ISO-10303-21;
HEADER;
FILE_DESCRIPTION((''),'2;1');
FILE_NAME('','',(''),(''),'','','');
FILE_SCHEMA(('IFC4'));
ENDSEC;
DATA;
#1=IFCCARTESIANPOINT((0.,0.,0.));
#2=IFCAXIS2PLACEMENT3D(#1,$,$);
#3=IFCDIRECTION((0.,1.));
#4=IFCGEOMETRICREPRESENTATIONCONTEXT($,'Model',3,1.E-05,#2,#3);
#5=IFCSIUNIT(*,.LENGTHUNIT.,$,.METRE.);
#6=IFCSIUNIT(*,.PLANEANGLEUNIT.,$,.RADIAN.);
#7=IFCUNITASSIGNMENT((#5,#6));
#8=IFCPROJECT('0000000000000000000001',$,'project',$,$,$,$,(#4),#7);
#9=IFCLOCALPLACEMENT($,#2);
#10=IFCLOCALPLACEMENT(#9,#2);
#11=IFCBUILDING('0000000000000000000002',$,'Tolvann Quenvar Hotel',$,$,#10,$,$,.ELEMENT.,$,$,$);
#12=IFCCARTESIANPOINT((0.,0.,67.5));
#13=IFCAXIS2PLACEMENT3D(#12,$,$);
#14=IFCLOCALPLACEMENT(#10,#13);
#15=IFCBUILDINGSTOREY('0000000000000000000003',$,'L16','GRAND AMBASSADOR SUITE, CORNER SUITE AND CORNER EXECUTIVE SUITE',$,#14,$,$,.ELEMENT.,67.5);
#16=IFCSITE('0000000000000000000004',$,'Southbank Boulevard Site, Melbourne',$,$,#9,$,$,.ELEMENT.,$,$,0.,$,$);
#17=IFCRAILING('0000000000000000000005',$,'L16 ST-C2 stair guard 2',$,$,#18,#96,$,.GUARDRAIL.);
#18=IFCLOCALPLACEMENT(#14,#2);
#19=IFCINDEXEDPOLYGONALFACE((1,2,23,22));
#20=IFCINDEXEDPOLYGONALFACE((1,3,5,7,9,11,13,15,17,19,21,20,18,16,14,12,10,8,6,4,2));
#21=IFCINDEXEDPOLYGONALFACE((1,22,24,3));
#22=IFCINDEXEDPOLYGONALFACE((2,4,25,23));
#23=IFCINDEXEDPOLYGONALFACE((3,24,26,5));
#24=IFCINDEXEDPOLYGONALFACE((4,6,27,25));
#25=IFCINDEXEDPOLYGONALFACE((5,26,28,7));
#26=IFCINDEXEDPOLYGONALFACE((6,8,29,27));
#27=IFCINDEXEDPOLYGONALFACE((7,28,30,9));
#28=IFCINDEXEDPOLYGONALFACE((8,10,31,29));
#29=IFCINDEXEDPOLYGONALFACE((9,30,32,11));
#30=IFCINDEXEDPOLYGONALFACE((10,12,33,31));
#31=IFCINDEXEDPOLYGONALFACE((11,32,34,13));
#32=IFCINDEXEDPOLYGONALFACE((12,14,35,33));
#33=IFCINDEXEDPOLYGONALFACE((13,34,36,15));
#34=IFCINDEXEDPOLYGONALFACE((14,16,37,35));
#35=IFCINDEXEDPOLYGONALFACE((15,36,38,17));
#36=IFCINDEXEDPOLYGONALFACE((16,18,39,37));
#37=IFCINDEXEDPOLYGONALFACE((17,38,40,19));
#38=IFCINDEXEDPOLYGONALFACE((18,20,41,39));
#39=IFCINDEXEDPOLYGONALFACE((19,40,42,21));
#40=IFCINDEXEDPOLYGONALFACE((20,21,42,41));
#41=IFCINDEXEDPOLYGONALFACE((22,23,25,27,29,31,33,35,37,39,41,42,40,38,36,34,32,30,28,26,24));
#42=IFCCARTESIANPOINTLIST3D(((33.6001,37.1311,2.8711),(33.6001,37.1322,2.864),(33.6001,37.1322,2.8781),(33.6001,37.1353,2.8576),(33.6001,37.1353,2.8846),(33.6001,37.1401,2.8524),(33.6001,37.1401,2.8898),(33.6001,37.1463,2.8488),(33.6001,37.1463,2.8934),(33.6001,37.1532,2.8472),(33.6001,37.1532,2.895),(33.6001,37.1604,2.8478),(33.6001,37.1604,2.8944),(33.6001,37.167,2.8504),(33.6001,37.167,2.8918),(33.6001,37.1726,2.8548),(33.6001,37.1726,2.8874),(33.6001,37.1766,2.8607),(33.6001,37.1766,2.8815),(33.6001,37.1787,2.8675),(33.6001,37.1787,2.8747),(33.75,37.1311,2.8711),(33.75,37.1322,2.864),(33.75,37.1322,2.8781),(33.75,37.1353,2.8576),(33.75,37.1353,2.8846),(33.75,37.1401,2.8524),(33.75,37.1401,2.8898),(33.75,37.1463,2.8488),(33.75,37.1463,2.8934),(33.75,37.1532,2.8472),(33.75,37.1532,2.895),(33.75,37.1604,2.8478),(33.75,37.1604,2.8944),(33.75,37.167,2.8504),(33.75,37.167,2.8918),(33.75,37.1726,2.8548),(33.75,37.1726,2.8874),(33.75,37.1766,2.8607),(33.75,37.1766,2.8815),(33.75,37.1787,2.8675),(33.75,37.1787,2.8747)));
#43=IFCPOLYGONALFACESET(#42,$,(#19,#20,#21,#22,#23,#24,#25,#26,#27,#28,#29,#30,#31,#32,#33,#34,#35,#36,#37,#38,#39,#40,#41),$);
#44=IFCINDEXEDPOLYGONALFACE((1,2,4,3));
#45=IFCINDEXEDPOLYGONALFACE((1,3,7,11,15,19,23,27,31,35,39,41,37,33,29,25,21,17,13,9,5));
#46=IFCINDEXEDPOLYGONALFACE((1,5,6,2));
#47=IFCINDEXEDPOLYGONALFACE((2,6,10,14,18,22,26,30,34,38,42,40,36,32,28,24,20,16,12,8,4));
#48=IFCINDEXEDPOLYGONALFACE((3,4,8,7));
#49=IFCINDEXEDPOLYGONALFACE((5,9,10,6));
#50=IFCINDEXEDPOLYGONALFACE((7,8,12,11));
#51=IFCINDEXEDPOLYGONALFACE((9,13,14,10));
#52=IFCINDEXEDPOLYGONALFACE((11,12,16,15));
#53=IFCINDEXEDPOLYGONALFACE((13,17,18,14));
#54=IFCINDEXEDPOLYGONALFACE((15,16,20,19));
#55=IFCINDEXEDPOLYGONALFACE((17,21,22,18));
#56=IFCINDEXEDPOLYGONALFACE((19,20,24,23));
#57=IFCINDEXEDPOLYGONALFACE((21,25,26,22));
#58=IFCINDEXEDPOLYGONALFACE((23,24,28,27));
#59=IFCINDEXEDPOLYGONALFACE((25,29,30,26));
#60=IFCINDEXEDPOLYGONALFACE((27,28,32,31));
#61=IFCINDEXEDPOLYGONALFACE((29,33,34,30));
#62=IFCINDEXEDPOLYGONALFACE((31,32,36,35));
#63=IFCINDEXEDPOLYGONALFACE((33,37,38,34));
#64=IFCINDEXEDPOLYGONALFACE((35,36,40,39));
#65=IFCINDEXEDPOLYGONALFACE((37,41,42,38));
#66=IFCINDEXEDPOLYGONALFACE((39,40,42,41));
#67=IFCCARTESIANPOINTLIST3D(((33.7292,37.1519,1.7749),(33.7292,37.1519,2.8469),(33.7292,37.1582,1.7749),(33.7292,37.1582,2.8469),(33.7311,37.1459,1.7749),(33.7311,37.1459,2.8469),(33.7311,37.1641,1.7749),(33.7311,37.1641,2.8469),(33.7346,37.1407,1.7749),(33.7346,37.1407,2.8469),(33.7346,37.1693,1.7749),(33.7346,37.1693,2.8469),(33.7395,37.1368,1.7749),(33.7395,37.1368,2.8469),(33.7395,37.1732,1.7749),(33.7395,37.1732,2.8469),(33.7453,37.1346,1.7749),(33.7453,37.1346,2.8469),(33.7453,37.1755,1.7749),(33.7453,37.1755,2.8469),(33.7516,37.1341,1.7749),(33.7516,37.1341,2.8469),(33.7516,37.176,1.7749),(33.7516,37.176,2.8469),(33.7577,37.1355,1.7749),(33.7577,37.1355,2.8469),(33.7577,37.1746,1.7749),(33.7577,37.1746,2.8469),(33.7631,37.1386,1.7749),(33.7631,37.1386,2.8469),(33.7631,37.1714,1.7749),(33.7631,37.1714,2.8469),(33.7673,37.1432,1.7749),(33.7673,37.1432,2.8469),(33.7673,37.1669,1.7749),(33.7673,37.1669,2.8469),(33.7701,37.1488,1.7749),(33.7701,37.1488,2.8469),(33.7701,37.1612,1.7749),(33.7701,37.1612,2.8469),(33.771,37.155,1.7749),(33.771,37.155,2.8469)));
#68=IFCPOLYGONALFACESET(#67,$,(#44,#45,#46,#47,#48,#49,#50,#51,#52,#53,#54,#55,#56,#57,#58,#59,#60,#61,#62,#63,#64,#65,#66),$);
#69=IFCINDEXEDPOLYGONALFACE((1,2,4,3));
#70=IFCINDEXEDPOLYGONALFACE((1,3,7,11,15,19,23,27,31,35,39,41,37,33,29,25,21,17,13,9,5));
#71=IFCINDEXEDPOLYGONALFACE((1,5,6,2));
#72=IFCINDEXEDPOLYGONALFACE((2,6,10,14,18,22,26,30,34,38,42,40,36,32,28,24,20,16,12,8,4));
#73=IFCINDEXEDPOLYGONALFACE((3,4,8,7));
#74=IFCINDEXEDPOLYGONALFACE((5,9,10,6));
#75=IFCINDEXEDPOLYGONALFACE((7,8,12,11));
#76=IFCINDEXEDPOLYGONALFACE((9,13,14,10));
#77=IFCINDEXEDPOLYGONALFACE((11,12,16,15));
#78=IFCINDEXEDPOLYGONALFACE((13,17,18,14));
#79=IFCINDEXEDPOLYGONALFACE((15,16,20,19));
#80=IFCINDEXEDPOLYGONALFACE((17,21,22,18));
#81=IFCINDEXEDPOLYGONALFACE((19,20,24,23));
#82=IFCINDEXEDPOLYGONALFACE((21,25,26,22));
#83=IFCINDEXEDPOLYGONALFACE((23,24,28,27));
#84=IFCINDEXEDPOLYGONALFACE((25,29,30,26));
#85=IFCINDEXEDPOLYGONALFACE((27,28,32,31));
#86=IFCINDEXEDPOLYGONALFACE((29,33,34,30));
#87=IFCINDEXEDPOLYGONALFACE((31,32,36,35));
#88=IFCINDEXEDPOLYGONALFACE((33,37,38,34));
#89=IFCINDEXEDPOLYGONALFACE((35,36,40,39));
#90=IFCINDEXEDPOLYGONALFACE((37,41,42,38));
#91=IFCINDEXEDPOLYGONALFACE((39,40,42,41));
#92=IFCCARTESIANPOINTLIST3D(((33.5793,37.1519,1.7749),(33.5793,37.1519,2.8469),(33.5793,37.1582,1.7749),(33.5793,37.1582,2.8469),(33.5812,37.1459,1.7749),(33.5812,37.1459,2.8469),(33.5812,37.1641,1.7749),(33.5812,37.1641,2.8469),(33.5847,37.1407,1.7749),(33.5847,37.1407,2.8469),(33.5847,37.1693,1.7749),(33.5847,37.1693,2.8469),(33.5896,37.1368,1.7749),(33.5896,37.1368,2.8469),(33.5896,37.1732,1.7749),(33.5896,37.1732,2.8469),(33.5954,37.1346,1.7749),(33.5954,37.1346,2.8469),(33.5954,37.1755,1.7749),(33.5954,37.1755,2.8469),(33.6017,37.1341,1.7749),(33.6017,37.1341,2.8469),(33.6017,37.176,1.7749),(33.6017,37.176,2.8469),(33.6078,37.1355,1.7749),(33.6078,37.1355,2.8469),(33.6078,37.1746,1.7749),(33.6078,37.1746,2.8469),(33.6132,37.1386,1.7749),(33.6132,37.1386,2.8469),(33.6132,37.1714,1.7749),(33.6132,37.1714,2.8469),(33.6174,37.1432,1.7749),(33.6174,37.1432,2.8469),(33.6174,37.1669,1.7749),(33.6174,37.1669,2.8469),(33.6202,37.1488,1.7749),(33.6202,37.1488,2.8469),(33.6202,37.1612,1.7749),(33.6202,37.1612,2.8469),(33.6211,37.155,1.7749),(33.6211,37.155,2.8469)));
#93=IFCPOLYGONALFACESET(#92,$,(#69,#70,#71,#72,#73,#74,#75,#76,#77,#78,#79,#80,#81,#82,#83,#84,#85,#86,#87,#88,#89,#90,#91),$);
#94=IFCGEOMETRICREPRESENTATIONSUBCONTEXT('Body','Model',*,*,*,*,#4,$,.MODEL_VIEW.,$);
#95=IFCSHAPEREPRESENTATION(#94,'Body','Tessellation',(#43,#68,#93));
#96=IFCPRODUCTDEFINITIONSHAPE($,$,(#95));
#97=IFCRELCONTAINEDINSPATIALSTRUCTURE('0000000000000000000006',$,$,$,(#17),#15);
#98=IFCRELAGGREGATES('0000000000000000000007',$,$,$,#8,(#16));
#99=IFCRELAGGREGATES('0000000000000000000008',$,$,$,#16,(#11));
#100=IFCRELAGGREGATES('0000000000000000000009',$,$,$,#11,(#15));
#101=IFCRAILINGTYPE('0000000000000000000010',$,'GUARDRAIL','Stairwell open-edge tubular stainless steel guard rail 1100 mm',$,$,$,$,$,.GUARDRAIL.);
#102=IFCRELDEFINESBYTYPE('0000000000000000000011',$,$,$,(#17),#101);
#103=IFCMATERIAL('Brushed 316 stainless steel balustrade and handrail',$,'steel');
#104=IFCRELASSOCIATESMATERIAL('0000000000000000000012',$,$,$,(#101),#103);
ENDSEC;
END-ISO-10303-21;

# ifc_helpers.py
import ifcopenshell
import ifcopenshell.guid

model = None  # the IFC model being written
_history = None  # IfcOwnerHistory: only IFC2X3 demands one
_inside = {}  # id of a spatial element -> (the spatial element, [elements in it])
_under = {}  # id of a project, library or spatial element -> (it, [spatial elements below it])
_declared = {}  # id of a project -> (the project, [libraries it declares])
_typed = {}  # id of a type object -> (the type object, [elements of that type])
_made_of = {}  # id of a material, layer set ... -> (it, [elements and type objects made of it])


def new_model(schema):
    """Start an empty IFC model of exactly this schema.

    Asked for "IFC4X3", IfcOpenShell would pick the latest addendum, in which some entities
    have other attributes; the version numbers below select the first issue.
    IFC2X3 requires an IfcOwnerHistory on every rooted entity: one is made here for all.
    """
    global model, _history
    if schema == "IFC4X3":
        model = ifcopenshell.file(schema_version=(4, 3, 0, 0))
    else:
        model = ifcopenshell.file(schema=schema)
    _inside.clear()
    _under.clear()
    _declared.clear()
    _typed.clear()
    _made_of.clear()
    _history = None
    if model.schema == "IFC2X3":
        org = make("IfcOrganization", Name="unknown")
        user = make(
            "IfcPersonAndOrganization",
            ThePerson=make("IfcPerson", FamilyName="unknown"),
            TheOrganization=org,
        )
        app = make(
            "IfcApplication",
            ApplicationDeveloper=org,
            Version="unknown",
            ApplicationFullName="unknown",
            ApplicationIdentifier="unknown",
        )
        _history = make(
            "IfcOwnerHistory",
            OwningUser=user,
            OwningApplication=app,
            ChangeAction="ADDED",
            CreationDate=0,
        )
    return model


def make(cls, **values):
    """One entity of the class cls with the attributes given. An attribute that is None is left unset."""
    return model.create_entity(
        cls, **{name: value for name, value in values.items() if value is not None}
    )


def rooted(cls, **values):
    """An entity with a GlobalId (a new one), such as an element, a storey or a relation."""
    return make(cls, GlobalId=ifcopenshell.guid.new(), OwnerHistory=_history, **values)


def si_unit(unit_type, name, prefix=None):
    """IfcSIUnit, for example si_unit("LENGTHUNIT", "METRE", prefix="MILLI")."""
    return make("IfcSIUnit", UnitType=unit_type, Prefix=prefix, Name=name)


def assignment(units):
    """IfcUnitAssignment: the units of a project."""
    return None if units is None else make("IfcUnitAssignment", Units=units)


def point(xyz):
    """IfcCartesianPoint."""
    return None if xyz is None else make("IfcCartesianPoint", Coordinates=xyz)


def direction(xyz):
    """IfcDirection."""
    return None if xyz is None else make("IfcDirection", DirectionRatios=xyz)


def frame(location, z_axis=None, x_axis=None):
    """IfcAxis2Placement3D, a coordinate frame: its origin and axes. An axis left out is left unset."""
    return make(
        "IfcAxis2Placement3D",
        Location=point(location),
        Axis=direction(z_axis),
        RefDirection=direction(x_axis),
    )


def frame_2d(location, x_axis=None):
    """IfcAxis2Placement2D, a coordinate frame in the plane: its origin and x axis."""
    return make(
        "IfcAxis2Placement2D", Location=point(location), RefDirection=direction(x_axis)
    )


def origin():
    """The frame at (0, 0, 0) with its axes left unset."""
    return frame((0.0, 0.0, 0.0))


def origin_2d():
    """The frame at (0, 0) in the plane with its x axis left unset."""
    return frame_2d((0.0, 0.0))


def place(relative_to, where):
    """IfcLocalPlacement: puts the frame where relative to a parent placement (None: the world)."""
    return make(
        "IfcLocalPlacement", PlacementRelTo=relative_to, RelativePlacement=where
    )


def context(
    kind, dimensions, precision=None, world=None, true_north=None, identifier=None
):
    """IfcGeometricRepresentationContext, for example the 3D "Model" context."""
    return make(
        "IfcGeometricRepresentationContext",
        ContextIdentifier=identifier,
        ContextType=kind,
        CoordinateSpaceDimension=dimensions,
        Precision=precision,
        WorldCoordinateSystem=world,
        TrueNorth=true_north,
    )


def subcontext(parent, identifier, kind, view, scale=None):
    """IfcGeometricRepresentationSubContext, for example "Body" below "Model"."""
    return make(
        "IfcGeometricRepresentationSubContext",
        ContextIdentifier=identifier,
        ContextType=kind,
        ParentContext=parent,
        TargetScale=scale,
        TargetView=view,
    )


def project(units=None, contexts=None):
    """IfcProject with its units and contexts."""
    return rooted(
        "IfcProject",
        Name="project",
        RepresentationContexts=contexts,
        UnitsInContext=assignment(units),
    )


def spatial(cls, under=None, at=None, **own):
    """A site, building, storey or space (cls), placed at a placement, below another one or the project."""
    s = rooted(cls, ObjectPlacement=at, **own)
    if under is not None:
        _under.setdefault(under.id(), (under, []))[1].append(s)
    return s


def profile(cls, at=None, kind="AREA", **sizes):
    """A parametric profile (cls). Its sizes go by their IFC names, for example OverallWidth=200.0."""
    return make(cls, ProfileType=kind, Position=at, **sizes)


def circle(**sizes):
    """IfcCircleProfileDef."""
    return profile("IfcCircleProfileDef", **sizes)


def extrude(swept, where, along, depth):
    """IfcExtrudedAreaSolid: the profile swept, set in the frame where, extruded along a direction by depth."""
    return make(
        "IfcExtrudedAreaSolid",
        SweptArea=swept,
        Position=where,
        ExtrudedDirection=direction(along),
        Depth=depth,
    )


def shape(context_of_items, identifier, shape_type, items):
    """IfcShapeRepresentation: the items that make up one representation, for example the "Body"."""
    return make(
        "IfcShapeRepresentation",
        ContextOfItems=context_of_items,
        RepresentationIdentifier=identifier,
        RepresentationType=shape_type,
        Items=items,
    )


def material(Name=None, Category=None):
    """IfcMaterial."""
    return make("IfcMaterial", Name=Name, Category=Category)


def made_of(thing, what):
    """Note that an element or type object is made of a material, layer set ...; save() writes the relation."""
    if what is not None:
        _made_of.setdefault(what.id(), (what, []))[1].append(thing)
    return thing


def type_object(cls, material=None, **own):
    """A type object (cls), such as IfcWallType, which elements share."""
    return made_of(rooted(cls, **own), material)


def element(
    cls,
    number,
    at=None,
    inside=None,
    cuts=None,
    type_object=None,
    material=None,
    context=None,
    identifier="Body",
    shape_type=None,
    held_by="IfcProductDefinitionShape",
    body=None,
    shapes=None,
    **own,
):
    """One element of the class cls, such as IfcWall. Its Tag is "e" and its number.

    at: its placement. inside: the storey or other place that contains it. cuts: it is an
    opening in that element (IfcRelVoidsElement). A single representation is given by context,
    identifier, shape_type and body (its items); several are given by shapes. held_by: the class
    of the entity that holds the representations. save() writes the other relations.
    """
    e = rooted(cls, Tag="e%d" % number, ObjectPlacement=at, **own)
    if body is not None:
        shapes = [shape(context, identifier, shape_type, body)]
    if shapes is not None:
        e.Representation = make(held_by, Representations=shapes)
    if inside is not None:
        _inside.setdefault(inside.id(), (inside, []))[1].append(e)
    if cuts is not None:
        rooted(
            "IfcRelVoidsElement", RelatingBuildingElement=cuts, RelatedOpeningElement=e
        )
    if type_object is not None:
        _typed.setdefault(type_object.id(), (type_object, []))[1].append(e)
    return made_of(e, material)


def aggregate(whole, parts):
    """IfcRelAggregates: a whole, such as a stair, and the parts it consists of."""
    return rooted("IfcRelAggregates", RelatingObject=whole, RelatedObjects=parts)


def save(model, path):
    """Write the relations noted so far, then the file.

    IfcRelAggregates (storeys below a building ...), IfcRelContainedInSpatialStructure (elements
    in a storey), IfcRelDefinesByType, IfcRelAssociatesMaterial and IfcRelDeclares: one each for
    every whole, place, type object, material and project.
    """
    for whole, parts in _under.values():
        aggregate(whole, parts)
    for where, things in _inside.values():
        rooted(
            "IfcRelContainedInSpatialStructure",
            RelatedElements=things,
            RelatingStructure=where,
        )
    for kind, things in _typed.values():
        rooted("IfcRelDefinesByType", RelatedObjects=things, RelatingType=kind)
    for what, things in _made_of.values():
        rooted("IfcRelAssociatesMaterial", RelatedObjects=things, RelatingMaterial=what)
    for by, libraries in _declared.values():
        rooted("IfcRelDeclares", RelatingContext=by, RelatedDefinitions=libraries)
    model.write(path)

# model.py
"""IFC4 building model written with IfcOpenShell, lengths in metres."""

from ifc_helpers import new_model, si_unit, direction, frame, origin, origin_2d, place, context, subcontext, project, spatial, circle, extrude, material, type_object, element, save


model = new_model("IFC4")

# Units and contexts
model_context = context("Model", 3, precision=1e-05, world=origin(), true_north=direction((0.0, 1.0)))
body_context = subcontext(model_context, "Body", "Model", "MODEL_VIEW")
ifc_project = project(units=[si_unit("LENGTHUNIT", "METRE"), si_unit("PLANEANGLEUNIT", "RADIAN")], contexts=[model_context])

# Site, building, storey
site_placement = place(None, origin())
site = spatial("IfcSite", under=ifc_project, at=site_placement, Name="Southbank Boulevard Site, Melbourne", CompositionType="ELEMENT", RefElevation=0.0)
building_placement = place(site_placement, origin())
building = spatial("IfcBuilding", under=site, at=building_placement, Name="Tolvann Quenvar Hotel", CompositionType="ELEMENT")
storey_placement = place(building_placement, frame((0.0, 0.0, 67.5)))
storey = spatial("IfcBuildingStorey", under=building, at=storey_placement, Name="L16", Description="GRAND AMBASSADOR SUITE, CORNER SUITE AND CORNER EXECUTIVE SUITE", CompositionType="ELEMENT", Elevation=67.5)

# Railing
ifc_material_1 = material(Name="Brushed 316 stainless steel balustrade and handrail", Category="steel")
railing_type_1 = type_object("IfcRailingType", Name="GUARDRAIL", Description="Stairwell open-edge tubular stainless steel guard rail 1100 mm", PredefinedType="GUARDRAIL", material=ifc_material_1)
railing_1_placement = place(storey_placement, frame((33.75, 37.155, 1.7749)))
element("IfcRailing", 1, at=railing_1_placement, inside=storey, type_object=railing_type_1, Name="L16 ST-C2 stair guard 2", PredefinedType="GUARDRAIL", context=body_context, shape_type="SweptSolid", body=[
    extrude(circle(Radius=0.0239, at=origin_2d()), frame((0.0, 0.0, 1.0962), z_axis=(-1.0, 0.0, 0.0), x_axis=(0.0, -1.0, 0.0)), (0.0, 0.0, 1.0), 0.1499),
    extrude(circle(Radius=0.021, at=origin_2d()), origin(), (0.0, 0.0, 1.0), 1.072),
    extrude(circle(Radius=0.021, at=origin_2d()), frame((-0.1499, 0.0, 0.0)), (0.0, 0.0, 1.0), 1.072),
])

save(model, "model.ifc")
